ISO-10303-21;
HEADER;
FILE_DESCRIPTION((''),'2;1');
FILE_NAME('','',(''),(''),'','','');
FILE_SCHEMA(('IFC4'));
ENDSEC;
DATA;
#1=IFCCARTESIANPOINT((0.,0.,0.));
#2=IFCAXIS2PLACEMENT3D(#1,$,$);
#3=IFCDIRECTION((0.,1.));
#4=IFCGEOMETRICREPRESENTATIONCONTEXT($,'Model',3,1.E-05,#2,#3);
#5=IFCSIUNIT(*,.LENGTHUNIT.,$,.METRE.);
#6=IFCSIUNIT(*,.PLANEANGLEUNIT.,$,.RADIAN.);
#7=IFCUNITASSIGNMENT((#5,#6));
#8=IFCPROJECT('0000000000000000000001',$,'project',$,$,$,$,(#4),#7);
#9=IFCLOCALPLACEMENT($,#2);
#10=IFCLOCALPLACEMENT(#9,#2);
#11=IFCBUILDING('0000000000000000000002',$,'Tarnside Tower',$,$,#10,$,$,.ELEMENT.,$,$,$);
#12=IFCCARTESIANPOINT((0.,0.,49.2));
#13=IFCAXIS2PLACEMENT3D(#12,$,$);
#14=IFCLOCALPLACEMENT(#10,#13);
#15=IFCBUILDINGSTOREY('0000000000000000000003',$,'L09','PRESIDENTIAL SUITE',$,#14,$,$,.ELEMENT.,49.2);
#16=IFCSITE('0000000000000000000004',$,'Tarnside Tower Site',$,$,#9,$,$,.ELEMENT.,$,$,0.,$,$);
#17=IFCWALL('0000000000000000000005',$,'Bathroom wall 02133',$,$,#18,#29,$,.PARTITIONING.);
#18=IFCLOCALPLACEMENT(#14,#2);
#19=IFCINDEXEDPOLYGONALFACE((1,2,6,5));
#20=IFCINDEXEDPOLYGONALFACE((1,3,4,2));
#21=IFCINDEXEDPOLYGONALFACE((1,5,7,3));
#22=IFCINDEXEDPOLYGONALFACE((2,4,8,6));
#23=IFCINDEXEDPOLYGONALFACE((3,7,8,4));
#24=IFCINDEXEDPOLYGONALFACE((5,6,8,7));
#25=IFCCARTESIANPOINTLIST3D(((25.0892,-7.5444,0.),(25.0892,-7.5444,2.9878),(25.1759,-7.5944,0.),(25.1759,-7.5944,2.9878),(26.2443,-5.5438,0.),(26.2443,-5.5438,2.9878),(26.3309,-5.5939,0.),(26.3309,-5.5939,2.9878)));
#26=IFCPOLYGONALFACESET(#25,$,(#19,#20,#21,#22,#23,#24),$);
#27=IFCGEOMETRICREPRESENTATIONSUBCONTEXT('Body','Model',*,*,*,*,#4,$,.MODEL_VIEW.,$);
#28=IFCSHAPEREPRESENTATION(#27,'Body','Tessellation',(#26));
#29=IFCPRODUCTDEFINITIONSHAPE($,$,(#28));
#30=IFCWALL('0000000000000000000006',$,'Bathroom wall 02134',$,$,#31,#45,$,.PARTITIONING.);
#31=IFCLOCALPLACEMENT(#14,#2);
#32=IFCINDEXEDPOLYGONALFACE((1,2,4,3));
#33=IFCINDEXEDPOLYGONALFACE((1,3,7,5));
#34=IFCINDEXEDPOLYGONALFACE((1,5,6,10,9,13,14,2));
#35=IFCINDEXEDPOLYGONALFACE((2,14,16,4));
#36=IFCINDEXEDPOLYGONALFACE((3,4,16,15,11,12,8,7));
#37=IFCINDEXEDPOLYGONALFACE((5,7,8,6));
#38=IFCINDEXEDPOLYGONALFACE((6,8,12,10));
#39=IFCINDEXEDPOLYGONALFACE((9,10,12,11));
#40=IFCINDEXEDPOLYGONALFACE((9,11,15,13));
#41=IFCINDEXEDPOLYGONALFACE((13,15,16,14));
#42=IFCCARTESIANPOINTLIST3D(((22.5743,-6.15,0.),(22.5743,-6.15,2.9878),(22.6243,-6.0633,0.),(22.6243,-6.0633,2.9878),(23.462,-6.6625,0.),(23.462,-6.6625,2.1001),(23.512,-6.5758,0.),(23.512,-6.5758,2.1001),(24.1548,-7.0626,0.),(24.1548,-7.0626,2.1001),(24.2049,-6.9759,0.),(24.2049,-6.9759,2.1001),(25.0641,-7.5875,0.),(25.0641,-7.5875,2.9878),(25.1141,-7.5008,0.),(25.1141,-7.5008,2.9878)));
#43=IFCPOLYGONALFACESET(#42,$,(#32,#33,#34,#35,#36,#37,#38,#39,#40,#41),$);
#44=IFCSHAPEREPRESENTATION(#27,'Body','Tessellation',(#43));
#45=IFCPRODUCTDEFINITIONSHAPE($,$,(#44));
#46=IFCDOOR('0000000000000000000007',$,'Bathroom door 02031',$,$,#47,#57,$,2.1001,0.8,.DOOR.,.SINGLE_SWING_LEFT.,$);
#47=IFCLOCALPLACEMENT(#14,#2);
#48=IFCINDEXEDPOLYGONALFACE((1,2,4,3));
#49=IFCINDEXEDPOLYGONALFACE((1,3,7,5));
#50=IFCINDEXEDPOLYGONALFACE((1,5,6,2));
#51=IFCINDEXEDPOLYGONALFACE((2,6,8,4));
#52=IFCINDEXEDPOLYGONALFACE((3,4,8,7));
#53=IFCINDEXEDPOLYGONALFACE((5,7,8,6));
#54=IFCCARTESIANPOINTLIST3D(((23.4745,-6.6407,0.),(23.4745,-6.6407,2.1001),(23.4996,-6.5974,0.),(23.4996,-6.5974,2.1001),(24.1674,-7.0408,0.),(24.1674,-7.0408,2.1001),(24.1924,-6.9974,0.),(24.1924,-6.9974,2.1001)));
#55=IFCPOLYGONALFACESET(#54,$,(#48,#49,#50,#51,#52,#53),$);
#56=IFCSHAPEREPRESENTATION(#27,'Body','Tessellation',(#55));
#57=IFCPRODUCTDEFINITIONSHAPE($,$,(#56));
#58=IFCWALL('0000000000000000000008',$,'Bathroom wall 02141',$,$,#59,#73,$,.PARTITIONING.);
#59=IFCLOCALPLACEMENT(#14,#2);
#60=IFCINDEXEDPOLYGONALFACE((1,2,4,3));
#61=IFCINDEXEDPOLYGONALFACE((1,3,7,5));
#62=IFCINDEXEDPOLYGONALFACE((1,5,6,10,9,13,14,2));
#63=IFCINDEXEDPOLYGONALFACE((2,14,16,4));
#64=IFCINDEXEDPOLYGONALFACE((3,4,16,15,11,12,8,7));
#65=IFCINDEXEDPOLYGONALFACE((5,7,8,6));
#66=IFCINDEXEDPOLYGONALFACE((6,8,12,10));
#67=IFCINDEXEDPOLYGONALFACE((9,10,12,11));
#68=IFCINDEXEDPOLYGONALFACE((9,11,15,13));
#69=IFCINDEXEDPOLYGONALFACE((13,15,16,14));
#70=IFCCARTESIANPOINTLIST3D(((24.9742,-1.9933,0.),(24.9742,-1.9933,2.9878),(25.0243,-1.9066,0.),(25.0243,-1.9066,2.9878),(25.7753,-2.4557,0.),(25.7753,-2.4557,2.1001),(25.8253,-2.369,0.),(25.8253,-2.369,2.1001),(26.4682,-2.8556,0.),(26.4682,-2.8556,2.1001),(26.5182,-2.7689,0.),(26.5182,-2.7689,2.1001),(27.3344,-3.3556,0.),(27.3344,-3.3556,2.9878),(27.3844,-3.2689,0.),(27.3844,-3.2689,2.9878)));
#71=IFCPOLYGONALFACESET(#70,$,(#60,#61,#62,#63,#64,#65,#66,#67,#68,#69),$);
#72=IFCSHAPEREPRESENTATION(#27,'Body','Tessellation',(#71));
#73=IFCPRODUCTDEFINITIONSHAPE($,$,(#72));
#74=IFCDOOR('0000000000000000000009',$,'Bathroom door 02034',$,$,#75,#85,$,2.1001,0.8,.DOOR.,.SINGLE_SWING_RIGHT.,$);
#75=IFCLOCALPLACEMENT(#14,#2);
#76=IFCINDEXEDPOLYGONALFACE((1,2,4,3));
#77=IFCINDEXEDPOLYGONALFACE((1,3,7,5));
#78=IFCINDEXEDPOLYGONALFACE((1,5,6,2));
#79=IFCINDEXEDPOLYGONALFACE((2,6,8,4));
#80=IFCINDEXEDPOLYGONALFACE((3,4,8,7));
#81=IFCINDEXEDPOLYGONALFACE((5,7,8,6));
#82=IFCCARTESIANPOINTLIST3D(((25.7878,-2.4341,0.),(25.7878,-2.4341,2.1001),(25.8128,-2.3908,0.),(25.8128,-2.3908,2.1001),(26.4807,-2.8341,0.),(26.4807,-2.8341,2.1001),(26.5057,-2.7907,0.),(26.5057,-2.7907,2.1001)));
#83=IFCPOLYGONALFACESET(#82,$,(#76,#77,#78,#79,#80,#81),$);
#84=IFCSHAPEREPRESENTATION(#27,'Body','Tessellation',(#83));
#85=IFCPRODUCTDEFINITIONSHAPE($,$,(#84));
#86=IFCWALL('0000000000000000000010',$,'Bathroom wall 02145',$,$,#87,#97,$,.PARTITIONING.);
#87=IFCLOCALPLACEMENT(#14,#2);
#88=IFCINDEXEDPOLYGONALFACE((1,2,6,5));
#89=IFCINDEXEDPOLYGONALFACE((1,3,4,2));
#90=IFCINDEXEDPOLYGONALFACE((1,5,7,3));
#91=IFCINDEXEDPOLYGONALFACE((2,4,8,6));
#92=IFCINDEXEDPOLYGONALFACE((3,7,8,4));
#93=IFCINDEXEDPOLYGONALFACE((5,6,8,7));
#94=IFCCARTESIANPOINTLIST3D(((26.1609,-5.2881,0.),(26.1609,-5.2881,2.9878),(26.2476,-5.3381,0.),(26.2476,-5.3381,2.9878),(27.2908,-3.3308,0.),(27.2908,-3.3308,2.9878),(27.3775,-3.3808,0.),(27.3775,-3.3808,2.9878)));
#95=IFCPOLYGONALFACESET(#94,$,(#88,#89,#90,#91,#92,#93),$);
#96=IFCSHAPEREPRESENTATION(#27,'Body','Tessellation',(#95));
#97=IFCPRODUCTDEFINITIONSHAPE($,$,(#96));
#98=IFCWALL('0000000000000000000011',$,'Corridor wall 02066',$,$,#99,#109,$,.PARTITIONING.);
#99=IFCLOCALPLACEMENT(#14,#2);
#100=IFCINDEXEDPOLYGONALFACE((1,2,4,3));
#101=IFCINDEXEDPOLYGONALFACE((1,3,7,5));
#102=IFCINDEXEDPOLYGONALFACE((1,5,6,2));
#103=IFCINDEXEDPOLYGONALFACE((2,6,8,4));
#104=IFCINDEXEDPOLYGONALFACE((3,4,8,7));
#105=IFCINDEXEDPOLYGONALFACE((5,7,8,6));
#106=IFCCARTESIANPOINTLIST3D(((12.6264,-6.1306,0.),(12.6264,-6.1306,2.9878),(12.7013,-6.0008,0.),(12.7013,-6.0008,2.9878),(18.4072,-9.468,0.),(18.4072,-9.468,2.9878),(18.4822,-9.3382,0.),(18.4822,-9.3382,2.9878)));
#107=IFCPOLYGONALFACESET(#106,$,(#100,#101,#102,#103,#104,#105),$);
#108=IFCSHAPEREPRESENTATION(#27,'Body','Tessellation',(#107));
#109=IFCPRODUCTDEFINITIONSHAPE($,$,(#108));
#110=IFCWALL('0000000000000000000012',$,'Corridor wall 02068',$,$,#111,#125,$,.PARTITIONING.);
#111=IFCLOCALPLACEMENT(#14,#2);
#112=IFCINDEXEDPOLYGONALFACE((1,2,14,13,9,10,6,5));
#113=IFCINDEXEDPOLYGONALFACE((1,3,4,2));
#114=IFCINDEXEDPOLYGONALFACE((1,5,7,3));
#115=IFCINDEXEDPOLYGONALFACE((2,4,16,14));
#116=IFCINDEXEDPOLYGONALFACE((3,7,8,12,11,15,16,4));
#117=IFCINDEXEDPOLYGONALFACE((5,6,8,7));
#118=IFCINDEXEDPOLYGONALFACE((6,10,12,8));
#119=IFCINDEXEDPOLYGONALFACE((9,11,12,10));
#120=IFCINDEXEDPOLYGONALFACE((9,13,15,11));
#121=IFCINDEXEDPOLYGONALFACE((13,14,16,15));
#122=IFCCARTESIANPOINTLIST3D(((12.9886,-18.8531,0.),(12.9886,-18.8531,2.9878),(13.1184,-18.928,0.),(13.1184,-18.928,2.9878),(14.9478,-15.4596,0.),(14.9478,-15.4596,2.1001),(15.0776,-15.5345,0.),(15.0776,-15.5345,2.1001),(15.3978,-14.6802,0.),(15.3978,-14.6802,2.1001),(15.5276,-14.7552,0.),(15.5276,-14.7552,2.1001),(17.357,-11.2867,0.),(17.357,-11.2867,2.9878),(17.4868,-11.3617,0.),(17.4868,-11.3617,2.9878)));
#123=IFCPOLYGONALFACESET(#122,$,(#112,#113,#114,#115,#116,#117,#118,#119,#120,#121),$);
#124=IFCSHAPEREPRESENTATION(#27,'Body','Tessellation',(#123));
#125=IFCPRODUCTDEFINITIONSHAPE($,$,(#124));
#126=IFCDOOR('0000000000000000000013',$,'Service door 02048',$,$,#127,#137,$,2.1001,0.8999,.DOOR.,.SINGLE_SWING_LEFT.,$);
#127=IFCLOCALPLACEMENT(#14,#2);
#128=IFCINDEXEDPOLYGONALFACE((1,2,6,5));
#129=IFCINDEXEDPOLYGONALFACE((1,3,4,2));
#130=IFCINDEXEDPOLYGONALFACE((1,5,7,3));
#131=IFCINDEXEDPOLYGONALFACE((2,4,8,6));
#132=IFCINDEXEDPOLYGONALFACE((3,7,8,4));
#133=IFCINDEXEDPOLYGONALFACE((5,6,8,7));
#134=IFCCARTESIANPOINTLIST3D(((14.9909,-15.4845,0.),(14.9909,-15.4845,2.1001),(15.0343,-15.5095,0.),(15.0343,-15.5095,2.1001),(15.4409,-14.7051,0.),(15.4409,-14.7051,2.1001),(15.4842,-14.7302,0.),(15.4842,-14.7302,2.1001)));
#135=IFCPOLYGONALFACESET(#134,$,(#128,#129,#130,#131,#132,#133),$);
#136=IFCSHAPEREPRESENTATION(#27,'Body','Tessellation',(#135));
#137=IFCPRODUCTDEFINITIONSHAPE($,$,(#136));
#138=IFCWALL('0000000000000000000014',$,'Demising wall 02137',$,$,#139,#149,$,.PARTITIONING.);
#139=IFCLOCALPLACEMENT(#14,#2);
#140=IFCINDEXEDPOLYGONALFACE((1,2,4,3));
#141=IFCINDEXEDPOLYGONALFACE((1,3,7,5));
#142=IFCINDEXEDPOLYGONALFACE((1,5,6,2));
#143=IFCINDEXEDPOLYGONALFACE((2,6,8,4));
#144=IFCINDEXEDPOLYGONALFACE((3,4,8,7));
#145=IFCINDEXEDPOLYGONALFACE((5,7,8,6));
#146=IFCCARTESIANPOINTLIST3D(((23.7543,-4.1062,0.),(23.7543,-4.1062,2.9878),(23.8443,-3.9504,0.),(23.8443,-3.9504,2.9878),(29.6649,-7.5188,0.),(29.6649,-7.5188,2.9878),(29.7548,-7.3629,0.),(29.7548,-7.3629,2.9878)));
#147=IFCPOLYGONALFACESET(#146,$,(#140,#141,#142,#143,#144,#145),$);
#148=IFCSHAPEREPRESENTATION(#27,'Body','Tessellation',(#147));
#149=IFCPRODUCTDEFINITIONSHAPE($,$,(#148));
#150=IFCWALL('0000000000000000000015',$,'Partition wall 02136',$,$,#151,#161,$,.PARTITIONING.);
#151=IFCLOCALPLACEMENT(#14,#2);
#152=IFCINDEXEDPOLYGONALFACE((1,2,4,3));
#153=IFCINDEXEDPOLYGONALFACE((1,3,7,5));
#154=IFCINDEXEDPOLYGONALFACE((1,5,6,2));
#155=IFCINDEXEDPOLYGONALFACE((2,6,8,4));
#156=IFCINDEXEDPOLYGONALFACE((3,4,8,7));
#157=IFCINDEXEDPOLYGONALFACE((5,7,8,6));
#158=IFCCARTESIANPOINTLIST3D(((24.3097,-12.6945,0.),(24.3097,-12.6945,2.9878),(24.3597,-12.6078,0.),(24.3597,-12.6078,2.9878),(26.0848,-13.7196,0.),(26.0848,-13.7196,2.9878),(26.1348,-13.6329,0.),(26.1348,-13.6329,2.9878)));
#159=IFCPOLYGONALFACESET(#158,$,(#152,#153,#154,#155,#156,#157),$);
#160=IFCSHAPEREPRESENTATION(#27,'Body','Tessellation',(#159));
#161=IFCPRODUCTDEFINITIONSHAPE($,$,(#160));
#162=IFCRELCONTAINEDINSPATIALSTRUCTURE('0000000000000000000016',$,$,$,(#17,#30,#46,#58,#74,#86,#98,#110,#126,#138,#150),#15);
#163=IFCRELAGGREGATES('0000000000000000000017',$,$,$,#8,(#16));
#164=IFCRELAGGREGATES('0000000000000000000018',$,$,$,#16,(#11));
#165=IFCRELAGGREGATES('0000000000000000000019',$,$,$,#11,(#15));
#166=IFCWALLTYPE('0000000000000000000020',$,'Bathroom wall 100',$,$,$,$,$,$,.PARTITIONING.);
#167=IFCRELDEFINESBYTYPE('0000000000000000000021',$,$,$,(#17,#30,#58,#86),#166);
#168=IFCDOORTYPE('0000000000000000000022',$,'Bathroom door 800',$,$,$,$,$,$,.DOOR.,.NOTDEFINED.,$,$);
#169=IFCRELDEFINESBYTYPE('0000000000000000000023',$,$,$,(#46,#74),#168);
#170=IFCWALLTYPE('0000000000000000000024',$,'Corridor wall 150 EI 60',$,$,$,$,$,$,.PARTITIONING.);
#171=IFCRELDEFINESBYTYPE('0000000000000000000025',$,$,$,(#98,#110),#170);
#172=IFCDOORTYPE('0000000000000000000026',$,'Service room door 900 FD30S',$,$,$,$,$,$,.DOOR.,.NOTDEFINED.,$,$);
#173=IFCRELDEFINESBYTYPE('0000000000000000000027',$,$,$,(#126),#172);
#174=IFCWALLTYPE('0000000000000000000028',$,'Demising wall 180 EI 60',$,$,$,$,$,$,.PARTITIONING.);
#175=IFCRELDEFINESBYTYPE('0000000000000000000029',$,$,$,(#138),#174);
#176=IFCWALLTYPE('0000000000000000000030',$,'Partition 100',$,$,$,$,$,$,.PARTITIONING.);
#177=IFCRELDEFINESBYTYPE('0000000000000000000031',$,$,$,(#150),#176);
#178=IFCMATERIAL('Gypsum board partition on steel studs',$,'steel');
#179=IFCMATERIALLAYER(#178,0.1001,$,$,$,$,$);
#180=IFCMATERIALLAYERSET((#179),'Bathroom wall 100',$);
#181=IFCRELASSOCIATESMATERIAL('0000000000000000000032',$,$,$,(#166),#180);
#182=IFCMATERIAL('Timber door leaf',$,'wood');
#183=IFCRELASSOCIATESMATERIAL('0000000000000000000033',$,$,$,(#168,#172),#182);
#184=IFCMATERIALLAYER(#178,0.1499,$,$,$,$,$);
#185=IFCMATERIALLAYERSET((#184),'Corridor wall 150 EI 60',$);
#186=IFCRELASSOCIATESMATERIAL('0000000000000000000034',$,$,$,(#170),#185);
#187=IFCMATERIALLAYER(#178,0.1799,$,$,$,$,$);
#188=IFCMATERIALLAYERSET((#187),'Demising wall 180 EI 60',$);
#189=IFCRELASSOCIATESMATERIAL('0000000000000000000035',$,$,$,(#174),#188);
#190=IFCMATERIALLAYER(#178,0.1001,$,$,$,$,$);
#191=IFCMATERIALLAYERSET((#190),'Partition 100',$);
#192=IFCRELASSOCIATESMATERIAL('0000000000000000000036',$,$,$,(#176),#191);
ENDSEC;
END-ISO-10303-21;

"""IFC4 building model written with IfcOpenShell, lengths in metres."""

from ifc_helpers import new_model, si_unit, direction, frame, frame_2d, origin, place, context, subcontext, project, spatial, rectangle, extrude, material, layer, layer_set, type_object, element, fill, save


model = new_model("IFC4")

# Units and contexts
model_context = context("Model", 3, precision=1e-05, world=origin(), true_north=direction((0.0, 1.0)))
body_context = subcontext(model_context, "Body", "Model", "MODEL_VIEW")
ifc_project = project(units=[si_unit("LENGTHUNIT", "METRE"), si_unit("PLANEANGLEUNIT", "RADIAN")], contexts=[model_context])

# Site, building, storey
site_placement = place(None, origin())
site = spatial("IfcSite", under=ifc_project, at=site_placement, Name="Tarnside Tower Site", CompositionType="ELEMENT", RefElevation=0.0)
building_placement = place(site_placement, origin())
building = spatial("IfcBuilding", under=site, at=building_placement, Name="Tarnside Tower", CompositionType="ELEMENT")
storey_placement = place(building_placement, frame((0.0, 0.0, 49.2)))
storey = spatial("IfcBuildingStorey", under=building, at=storey_placement, Name="L09", Description="PRESIDENTIAL SUITE", CompositionType="ELEMENT", Elevation=49.2)

# Wall
ifc_material_1 = material(Name="Gypsum board partition on steel studs", Category="steel")
ifc_layer_1 = layer(ifc_material_1, 0.1001)
ifc_layer_set_1 = layer_set([ifc_layer_1], Name="Bathroom wall 100")
wall_type_1 = type_object("IfcWallType", Name="Bathroom wall 100", PredefinedType="PARTITIONING", material=ifc_layer_set_1)
wall_1_placement = place(storey_placement, frame((26.2876, -5.5688, 0.0), z_axis=(0.0, 0.0, 1.0), x_axis=(-0.500015, -0.866017, 0.0)))
element("IfcWall", 1, at=wall_1_placement, inside=storey, type_object=wall_type_1, Name="Bathroom wall 02133", PredefinedType="PARTITIONING", context=body_context, shape_type="SweptSolid", body=[
    extrude(rectangle(XDim=2.3101, YDim=0.1001, at=frame_2d((1.155, 0.0))), origin(), (0.0, 0.0, 1.0), 2.9878),
])

# Walls, openings, doors
wall_2_placement = place(storey_placement, frame((25.0891, -7.5442, 0.0), z_axis=(0.0, 0.0, 1.0), x_axis=(-0.866019, 0.500012, 0.0)))
wall_2 = element("IfcWall", 2, at=wall_2_placement, inside=storey, type_object=wall_type_1, Name="Bathroom wall 02134", PredefinedType="PARTITIONING", context=body_context, shape_type="SweptSolid", body=[
    extrude(rectangle(XDim=2.875, YDim=0.1001, at=frame_2d((1.4375, 0.0))), origin(), (0.0, 0.0, 1.0), 2.9878),
])
opening_1_placement = place(wall_2_placement, frame((1.05, 0.0, 0.0)))
opening_1 = element("IfcOpeningElement", 3, at=opening_1_placement, cuts=wall_2, PredefinedType="OPENING", context=body_context, shape_type="SweptSolid", body=[
    extrude(rectangle(XDim=0.8, YDim=2.1001, at=frame_2d((0.3999, 1.05))), frame((0.0, 0.0601, 0.0), z_axis=(0.0, -1.0, 0.0), x_axis=(1.0, 0.0, 0.0)), (0.0, 0.0, 1.0), 0.1201),
])
ifc_material_2 = material(Name="Timber door leaf", Category="wood")
door_type_1 = type_object("IfcDoorType", Name="Bathroom door 800", OperationType="NOTDEFINED", PredefinedType="DOOR", material=ifc_material_2)
door_1_placement = place(opening_1_placement, origin())
door_1 = element("IfcDoor", 4, at=door_1_placement, inside=storey, type_object=door_type_1, Name="Bathroom door 02031", OperationType="SINGLE_SWING_LEFT", OverallHeight=2.1001, OverallWidth=0.8, PredefinedType="DOOR", context=body_context, shape_type="SweptSolid", body=[
    extrude(rectangle(XDim=0.8, YDim=2.1001, at=frame_2d((0.3999, 1.05))), frame((0.0, 0.0249, 0.0), z_axis=(0.0, -1.0, 0.0), x_axis=(1.0, 0.0, 0.0)), (0.0, 0.0, 1.0), 0.05),
])
fill(opening_1, door_1)
wall_3_placement = place(storey_placement, frame((24.9993, -1.95, 0.0), z_axis=(0.0, 0.0, 1.0), x_axis=(0.866074, -0.499916, 0.0)))
wall_3 = element("IfcWall", 5, at=wall_3_placement, inside=storey, type_object=wall_type_1, Name="Bathroom wall 02141", PredefinedType="PARTITIONING", context=body_context, shape_type="SweptSolid", body=[
    extrude(rectangle(XDim=2.7251, YDim=0.1001, at=frame_2d((1.3625, 0.0))), origin(), (0.0, 0.0, 1.0), 2.9878),
])
opening_2_placement = place(wall_3_placement, frame((0.925, 0.0, 0.0)))
opening_2 = element("IfcOpeningElement", 6, at=opening_2_placement, cuts=wall_3, PredefinedType="OPENING", context=body_context, shape_type="SweptSolid", body=[
    extrude(rectangle(XDim=0.8, YDim=2.1001, at=frame_2d((0.3999, 1.05))), frame((0.0, 0.0601, 0.0), z_axis=(0.0, -1.0, 0.0), x_axis=(1.0, 0.0, 0.0)), (0.0, 0.0, 1.0), 0.1201),
])
door_2_placement = place(opening_2_placement, origin())
door_2 = element("IfcDoor", 7, at=door_2_placement, inside=storey, type_object=door_type_1, Name="Bathroom door 02034", OperationType="SINGLE_SWING_RIGHT", OverallHeight=2.1001, OverallWidth=0.8, PredefinedType="DOOR", context=body_context, shape_type="SweptSolid", body=[
    extrude(rectangle(XDim=0.8, YDim=2.1001, at=frame_2d((0.3999, 1.05))), frame((0.0, 0.0249, 0.0), z_axis=(0.0, -1.0, 0.0), x_axis=(1.0, 0.0, 0.0)), (0.0, 0.0, 1.0), 0.05),
])
fill(opening_2, door_2)

# Walls
wall_4_placement = place(storey_placement, frame((26.2043, -5.313, 0.0), z_axis=(0.0, 0.0, 1.0), x_axis=(0.49995, 0.866054, 0.0)))
element("IfcWall", 8, at=wall_4_placement, inside=storey, type_object=wall_type_1, Name="Bathroom wall 02145", PredefinedType="PARTITIONING", context=body_context, shape_type="SweptSolid", body=[
    extrude(rectangle(XDim=2.26, YDim=0.1001, at=frame_2d((1.1299, 0.0))), origin(), (0.0, 0.0, 1.0), 2.9878),
])
ifc_layer_2 = layer(ifc_material_1, 0.1499)
ifc_layer_set_2 = layer_set([ifc_layer_2], Name="Corridor wall 150 EI 60")
wall_type_2 = type_object("IfcWallType", Name="Corridor wall 150 EI 60", PredefinedType="PARTITIONING", material=ifc_layer_set_2)
wall_5_placement = place(storey_placement, frame((18.4446, -9.4031, 0.0), z_axis=(0.0, 0.0, 1.0), x_axis=(-0.866033, 0.499986, 0.0)))
element("IfcWall", 9, at=wall_5_placement, inside=storey, type_object=wall_type_2, Name="Corridor wall 02066", PredefinedType="PARTITIONING", context=body_context, shape_type="SweptSolid", body=[
    extrude(rectangle(XDim=6.675, YDim=0.1499, at=frame_2d((3.3374, 0.0))), origin(), (0.0, 0.0, 1.0), 2.9878),
])

# Wall, opening, door
wall_6_placement = place(storey_placement, frame((17.4219, -11.3242, 0.0), z_axis=(0.0, 0.0, 1.0), x_axis=(-0.499995, -0.866028, 0.0)))
wall_6 = element("IfcWall", 10, at=wall_6_placement, inside=storey, type_object=wall_type_2, Name="Corridor wall 02068", PredefinedType="PARTITIONING", context=body_context, shape_type="SweptSolid", body=[
    extrude(rectangle(XDim=8.7368, YDim=0.1499, at=frame_2d((4.3684, 0.0))), origin(), (0.0, 0.0, 1.0), 2.9878),
])
opening_3_placement = place(wall_6_placement, frame((3.9185, 0.0, 0.0)))
opening_3 = element("IfcOpeningElement", 11, at=opening_3_placement, cuts=wall_6, PredefinedType="OPENING", context=body_context, shape_type="SweptSolid", body=[
    extrude(rectangle(XDim=0.8999, YDim=2.1001, at=frame_2d((0.45, 1.05))), frame((0.0, 0.085, 0.0), z_axis=(0.0, -1.0, 0.0), x_axis=(1.0, 0.0, 0.0)), (0.0, 0.0, 1.0), 0.1699),
])
door_type_2 = type_object("IfcDoorType", Name="Service room door 900 FD30S", OperationType="NOTDEFINED", PredefinedType="DOOR", material=ifc_material_2)
door_3_placement = place(opening_3_placement, origin())
door_3 = element("IfcDoor", 12, at=door_3_placement, inside=storey, type_object=door_type_2, Name="Service door 02048", OperationType="SINGLE_SWING_LEFT", OverallHeight=2.1001, OverallWidth=0.8999, PredefinedType="DOOR", context=body_context, shape_type="SweptSolid", body=[
    extrude(rectangle(XDim=0.8999, YDim=2.1001, at=frame_2d((0.45, 1.05))), frame((0.0, 0.0249, 0.0), z_axis=(0.0, -1.0, 0.0), x_axis=(1.0, 0.0, 0.0)), (0.0, 0.0, 1.0), 0.05),
])
fill(opening_3, door_3)

# Walls
ifc_layer_3 = layer(ifc_material_1, 0.1799)
ifc_layer_set_3 = layer_set([ifc_layer_3], Name="Demising wall 180 EI 60")
wall_type_3 = type_object("IfcWallType", Name="Demising wall 180 EI 60", PredefinedType="PARTITIONING", material=ifc_layer_set_3)
wall_7_placement = place(storey_placement, frame((29.71, -7.4409, 0.0), z_axis=(0.0, 0.0, 1.0), x_axis=(-0.86602, 0.500009, 0.0)))
element("IfcWall", 13, at=wall_7_placement, inside=storey, type_object=wall_type_3, Name="Demising wall 02137", PredefinedType="PARTITIONING", context=body_context, shape_type="SweptSolid", body=[
    extrude(rectangle(XDim=6.825, YDim=0.1799, at=frame_2d((3.4126, 0.0))), origin(), (0.0, 0.0, 1.0), 2.9878),
])
ifc_layer_4 = layer(ifc_material_1, 0.1001)
ifc_layer_set_4 = layer_set([ifc_layer_4], Name="Partition 100")
wall_type_4 = type_object("IfcWallType", Name="Partition 100", PredefinedType="PARTITIONING", material=ifc_layer_set_4)
wall_8_placement = place(storey_placement, frame((24.3347, -12.6511, 0.0), z_axis=(0.0, 0.0, 1.0), x_axis=(0.865969, -0.500097, 0.0)))
element("IfcWall", 14, at=wall_8_placement, inside=storey, type_object=wall_type_4, Name="Partition wall 02136", PredefinedType="PARTITIONING", context=body_context, shape_type="SweptSolid", body=[
    extrude(rectangle(XDim=2.0498, YDim=0.1001, at=frame_2d((1.0249, 0.0))), origin(), (0.0, 0.0, 1.0), 2.9878),
])

save(model, "model.ifc")
